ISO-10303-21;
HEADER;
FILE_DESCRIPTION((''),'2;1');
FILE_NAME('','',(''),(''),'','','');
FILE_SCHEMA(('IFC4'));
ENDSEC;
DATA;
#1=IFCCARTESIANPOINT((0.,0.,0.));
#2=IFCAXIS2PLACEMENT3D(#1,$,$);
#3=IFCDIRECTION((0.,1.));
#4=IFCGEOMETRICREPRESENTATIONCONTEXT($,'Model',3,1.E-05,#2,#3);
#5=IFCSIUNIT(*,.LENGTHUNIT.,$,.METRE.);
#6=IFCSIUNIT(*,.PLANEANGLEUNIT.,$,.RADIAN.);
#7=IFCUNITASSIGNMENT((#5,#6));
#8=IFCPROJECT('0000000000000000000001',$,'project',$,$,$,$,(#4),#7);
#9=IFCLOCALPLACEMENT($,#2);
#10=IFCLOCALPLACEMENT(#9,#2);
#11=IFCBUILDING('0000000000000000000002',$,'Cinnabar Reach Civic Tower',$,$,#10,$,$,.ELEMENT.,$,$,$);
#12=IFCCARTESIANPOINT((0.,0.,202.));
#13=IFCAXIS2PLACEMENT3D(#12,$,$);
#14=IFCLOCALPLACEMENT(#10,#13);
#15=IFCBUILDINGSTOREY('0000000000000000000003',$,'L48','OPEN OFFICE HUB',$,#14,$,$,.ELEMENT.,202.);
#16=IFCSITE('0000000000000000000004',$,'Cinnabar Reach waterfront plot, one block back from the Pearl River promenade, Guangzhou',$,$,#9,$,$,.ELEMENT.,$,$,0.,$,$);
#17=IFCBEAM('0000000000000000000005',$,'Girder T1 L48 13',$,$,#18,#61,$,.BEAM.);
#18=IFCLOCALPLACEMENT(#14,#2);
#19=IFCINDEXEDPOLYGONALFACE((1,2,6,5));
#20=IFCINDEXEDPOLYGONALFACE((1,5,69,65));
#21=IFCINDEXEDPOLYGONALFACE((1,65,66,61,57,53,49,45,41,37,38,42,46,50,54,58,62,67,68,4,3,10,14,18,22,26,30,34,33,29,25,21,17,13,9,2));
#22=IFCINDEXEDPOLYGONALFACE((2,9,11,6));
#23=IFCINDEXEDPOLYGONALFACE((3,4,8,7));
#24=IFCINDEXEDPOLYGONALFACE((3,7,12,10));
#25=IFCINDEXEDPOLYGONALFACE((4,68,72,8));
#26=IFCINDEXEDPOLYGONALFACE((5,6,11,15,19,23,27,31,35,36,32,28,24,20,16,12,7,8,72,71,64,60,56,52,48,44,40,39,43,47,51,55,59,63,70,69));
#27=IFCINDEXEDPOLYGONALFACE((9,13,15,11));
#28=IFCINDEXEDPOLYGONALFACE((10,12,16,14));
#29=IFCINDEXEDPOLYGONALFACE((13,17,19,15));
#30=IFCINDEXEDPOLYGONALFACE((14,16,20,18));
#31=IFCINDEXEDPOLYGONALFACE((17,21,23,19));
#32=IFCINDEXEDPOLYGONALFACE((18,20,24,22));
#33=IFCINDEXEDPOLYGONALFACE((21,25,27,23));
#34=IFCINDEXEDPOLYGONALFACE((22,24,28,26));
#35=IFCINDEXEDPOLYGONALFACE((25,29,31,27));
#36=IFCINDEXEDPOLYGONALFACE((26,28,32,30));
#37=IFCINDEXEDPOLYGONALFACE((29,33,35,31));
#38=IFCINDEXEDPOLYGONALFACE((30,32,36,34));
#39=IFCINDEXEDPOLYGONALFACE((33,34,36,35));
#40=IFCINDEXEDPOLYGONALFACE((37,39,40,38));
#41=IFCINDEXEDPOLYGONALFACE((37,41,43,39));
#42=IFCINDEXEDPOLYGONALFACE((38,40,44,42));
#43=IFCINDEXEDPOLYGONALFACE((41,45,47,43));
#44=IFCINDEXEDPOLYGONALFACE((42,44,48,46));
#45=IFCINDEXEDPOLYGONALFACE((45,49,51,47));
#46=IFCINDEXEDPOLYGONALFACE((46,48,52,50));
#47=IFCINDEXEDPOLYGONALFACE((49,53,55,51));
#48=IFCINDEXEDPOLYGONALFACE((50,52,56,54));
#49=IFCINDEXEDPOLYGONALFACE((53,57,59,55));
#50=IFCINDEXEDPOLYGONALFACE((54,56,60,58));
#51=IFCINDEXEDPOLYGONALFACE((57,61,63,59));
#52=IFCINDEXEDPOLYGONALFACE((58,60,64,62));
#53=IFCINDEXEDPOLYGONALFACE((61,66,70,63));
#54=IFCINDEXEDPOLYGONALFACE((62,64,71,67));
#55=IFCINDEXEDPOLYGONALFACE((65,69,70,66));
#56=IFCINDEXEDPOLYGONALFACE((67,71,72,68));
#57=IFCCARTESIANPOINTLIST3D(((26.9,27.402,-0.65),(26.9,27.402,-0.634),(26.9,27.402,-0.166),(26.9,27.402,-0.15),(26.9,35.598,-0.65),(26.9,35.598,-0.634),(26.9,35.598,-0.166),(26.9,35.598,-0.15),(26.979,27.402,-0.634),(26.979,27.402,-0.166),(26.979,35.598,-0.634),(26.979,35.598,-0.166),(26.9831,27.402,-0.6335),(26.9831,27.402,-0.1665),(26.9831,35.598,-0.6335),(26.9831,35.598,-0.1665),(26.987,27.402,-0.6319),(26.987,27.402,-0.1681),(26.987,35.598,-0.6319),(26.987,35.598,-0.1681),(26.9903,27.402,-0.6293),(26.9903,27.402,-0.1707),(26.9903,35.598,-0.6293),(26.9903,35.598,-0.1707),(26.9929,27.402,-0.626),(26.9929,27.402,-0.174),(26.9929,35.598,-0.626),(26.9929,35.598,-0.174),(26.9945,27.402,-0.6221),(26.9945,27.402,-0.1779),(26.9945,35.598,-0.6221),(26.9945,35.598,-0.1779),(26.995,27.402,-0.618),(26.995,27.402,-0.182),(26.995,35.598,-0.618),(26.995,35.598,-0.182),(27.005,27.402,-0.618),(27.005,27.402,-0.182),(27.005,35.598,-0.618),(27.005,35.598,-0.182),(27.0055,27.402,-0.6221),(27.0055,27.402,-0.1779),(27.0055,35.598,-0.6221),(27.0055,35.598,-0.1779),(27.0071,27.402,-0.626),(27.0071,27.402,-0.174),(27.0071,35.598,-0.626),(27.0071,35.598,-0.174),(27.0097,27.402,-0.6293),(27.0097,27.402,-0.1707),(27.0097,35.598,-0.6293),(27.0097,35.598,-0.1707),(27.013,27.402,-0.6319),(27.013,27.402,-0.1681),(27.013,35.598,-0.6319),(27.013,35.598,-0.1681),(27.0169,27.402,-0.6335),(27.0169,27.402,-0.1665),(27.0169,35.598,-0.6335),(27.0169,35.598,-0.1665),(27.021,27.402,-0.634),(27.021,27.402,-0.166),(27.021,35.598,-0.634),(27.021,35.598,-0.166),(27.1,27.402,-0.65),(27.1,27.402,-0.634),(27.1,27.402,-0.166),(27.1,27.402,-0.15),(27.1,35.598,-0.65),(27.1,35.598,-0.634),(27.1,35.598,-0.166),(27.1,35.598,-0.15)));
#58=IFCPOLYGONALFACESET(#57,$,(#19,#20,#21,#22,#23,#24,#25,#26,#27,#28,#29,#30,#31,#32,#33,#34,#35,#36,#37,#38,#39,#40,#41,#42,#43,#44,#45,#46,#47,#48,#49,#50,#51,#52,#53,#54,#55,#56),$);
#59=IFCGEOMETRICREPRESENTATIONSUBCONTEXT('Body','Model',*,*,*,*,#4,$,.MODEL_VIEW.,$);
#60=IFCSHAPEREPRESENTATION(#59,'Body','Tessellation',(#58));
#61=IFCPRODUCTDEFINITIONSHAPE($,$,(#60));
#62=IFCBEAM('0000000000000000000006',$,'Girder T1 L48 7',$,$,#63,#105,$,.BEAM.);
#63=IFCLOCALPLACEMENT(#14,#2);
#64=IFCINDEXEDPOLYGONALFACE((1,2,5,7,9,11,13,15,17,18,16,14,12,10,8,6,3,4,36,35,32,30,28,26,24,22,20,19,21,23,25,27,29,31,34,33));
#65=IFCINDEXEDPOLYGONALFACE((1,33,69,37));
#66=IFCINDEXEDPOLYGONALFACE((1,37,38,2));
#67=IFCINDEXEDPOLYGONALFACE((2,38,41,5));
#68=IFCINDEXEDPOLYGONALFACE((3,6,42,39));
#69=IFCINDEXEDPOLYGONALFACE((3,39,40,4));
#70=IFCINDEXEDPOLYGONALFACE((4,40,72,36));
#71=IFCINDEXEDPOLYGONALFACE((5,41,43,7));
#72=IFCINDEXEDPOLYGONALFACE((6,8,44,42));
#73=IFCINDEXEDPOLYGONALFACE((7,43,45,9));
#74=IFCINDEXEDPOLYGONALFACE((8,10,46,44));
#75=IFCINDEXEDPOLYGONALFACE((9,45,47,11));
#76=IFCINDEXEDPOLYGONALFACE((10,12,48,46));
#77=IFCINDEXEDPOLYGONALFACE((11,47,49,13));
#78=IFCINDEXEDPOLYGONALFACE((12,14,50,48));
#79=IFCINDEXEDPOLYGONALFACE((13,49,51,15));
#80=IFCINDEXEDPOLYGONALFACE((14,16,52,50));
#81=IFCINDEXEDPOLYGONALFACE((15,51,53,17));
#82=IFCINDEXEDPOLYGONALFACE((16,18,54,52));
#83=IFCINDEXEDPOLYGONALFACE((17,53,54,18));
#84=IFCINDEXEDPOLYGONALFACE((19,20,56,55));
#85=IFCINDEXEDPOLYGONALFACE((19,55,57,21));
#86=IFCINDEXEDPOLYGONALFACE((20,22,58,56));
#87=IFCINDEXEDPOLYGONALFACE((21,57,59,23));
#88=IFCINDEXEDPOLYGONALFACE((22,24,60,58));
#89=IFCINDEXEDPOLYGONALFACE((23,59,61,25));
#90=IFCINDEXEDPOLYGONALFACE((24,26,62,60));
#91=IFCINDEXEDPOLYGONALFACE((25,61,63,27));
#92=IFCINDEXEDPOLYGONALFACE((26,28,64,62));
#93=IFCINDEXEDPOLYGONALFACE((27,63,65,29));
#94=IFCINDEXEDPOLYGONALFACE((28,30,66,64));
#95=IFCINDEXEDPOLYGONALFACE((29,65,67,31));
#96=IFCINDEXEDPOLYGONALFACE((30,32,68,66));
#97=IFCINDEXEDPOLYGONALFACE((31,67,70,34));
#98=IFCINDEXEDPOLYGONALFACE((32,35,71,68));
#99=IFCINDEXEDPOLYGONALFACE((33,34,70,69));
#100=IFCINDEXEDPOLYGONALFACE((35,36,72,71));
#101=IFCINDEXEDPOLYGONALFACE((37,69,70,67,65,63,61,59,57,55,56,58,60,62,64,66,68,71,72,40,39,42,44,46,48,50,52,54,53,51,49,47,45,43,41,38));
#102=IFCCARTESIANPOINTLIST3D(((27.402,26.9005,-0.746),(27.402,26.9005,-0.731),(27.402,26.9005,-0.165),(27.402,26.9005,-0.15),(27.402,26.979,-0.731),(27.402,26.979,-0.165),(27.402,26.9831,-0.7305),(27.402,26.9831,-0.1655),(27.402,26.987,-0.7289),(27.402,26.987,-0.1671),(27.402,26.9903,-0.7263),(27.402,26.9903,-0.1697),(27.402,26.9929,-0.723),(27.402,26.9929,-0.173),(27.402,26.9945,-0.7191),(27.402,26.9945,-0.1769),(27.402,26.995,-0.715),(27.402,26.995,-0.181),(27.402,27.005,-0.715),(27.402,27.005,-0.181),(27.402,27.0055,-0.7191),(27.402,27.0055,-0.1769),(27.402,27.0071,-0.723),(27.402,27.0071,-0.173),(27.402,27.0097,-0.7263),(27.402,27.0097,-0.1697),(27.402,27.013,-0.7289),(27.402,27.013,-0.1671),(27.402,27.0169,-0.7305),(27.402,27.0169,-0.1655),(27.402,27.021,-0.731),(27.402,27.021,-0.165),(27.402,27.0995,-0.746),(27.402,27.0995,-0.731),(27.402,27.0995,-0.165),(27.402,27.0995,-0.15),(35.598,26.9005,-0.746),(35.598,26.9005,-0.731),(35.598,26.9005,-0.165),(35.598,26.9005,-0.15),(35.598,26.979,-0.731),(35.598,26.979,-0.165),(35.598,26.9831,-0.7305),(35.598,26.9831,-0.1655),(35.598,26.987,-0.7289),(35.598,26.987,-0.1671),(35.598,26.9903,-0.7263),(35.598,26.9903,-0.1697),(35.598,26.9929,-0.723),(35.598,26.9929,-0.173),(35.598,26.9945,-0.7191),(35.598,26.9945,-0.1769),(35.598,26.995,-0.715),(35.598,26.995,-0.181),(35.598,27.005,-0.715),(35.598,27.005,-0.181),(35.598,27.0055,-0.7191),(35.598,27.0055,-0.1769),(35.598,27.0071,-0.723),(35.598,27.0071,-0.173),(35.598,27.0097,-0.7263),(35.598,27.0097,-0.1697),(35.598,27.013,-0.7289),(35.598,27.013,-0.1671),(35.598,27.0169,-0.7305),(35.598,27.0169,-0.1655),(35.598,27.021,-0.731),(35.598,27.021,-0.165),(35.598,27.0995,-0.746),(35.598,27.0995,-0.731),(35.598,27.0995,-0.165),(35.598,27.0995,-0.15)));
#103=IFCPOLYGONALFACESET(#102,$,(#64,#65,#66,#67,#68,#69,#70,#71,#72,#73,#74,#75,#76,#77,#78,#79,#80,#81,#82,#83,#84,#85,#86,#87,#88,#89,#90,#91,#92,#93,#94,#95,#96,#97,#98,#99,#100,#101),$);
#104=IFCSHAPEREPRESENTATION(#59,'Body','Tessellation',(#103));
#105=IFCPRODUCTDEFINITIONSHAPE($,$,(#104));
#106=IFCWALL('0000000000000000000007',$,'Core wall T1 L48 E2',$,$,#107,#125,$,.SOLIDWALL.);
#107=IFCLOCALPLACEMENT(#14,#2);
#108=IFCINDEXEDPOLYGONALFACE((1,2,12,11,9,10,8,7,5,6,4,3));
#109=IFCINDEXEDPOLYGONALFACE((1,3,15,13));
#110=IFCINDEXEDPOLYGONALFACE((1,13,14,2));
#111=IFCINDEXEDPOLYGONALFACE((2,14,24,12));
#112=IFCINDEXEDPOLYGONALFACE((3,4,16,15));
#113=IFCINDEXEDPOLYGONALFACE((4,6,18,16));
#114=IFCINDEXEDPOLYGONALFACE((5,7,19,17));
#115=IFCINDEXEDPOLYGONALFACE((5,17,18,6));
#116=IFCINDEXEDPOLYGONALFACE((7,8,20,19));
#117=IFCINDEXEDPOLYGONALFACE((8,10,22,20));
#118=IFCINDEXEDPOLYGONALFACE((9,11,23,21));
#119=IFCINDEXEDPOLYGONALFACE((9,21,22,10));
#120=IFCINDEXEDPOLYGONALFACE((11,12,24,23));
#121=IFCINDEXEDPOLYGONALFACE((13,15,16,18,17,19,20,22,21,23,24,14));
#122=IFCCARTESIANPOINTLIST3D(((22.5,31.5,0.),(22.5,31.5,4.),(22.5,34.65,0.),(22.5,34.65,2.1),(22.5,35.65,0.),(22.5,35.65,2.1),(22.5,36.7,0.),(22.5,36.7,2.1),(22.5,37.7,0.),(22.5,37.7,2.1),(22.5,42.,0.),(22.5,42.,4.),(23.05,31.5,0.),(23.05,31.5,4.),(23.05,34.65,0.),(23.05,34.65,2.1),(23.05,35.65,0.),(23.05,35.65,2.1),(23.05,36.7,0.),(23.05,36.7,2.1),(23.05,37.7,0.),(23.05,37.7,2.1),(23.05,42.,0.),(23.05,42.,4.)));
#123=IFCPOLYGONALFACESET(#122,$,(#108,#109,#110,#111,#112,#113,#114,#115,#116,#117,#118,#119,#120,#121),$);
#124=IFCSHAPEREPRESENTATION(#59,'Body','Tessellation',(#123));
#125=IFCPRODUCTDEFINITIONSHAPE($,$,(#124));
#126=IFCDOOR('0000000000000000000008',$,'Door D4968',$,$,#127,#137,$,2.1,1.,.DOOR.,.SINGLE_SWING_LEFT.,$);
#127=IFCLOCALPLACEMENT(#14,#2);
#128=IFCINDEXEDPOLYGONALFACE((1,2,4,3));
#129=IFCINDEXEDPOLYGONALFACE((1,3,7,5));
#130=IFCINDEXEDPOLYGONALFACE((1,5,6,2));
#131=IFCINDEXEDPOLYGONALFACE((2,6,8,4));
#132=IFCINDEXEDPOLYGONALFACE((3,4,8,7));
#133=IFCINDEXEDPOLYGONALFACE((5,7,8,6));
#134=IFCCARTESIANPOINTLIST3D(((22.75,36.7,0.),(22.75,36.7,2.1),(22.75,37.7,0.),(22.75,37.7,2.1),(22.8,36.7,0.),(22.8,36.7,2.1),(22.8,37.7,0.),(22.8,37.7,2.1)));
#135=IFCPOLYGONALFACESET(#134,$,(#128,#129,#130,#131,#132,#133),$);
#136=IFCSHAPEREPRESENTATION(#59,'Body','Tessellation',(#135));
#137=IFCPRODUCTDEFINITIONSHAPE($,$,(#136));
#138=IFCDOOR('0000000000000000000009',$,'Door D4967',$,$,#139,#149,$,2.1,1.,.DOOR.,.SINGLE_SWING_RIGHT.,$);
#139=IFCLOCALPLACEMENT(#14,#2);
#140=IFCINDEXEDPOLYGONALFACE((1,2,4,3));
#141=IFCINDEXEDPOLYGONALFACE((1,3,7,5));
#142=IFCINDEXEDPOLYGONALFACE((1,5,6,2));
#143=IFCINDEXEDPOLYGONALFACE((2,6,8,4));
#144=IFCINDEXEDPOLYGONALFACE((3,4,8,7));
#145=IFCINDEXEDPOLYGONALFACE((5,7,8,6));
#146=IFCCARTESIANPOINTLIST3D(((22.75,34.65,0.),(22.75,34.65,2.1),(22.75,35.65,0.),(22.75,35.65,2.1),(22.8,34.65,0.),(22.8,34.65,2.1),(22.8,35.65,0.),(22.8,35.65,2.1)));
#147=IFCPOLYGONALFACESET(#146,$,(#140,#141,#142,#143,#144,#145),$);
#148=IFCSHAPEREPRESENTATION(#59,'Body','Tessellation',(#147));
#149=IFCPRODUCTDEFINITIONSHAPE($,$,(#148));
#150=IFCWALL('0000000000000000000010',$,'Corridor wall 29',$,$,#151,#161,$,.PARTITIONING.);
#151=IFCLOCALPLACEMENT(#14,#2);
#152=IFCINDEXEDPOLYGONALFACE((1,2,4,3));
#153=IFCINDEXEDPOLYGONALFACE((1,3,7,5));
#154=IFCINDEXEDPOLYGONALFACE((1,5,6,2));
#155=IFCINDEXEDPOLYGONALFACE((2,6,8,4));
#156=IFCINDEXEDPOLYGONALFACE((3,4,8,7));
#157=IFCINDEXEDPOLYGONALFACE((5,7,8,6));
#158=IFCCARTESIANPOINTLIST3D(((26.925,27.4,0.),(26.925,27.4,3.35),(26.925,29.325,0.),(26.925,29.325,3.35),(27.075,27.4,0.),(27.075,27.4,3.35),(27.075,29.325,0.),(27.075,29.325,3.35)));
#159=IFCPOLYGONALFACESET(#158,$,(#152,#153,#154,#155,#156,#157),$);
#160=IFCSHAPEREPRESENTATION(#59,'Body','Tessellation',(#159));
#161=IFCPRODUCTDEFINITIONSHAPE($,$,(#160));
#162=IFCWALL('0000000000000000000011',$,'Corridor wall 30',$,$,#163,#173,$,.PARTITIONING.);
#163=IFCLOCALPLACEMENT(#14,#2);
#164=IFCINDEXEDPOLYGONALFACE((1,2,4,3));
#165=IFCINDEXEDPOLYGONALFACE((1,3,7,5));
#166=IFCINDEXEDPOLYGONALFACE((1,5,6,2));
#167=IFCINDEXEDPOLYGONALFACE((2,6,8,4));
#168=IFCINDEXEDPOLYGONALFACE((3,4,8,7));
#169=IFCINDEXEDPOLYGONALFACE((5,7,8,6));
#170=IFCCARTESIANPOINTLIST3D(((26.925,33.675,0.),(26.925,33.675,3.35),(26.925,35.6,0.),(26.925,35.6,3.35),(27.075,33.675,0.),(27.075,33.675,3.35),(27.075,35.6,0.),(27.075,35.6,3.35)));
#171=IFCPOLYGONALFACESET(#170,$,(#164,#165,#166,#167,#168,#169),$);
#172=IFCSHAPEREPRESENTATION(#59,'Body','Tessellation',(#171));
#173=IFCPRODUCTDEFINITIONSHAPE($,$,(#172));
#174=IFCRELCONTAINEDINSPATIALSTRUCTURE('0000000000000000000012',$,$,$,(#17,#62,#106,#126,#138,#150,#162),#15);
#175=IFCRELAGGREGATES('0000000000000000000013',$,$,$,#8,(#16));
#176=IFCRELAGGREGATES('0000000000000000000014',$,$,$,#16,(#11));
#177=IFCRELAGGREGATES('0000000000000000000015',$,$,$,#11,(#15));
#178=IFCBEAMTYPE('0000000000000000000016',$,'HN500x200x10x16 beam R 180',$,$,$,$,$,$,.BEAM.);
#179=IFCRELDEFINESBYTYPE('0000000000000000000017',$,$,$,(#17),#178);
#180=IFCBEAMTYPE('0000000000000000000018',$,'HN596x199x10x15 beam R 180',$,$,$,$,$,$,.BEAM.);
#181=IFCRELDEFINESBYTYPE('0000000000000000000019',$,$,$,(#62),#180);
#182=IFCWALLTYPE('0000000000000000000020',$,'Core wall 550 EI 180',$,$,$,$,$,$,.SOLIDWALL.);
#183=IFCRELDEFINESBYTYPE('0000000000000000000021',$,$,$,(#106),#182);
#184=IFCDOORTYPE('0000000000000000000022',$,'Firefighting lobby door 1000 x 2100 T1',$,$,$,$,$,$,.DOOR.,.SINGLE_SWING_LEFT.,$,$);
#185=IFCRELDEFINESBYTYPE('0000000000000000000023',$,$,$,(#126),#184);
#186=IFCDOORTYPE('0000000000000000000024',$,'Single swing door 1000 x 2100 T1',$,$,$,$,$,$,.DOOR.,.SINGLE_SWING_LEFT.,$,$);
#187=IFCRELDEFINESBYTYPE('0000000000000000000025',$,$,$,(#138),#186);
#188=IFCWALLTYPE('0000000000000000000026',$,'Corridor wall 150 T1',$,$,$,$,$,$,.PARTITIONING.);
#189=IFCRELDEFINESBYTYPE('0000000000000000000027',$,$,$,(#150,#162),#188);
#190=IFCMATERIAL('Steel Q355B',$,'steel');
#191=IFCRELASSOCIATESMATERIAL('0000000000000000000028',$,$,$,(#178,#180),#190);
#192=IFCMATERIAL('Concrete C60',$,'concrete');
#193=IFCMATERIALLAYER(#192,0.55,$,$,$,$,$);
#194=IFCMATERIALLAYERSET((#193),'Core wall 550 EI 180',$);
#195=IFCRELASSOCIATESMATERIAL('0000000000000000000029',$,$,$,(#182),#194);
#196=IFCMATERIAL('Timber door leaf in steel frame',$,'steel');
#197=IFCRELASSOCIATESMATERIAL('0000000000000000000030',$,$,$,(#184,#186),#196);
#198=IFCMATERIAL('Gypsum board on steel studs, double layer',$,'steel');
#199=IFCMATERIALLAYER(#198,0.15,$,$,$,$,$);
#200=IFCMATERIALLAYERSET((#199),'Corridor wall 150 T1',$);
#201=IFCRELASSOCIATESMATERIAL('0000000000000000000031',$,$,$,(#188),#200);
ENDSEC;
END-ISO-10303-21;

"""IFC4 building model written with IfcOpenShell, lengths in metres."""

from ifc_helpers import new_model, si_unit, direction, frame, frame_2d, origin, origin_2d, place, context, subcontext, project, spatial, rectangle, i_section, extrude, material, layer, layer_set, material_profile, profile_set, type_object, element, fill, save


model = new_model("IFC4")

# Units and contexts
model_context = context("Model", 3, precision=1e-05, world=origin(), true_north=direction((0.0, 1.0)))
body_context = subcontext(model_context, "Body", "Model", "MODEL_VIEW")
ifc_project = project(units=[si_unit("LENGTHUNIT", "METRE"), si_unit("PLANEANGLEUNIT", "RADIAN")], contexts=[model_context])

# Site, building, storey
site_placement = place(None, origin())
site = spatial("IfcSite", under=ifc_project, at=site_placement, Name="Cinnabar Reach waterfront plot, one block back from the Pearl River promenade, Guangzhou", CompositionType="ELEMENT", RefElevation=0.0)
building_placement = place(site_placement, origin())
building = spatial("IfcBuilding", under=site, at=building_placement, Name="Cinnabar Reach Civic Tower", CompositionType="ELEMENT")
storey_placement = place(building_placement, frame((0.0, 0.0, 202.0)))
storey = spatial("IfcBuildingStorey", under=building, at=storey_placement, Name="L48", Description="OPEN OFFICE HUB", CompositionType="ELEMENT", Elevation=202.0)

# Shared definitions
ifc_material_1 = material(Name="Concrete C60", Category="concrete")

# Beams
ifc_material_2 = material(Name="Steel Q355B", Category="steel")
ifc_material_profile_1 = material_profile(ifc_material_2, i_section(OverallWidth=0.2, OverallDepth=0.5, WebThickness=0.01, FlangeThickness=0.016, FilletRadius=0.016, at=origin_2d()), Name="HN500x200x10x16")
ifc_profile_set_1 = profile_set([ifc_material_profile_1], Name="Steel Q355B")
beam_type_1 = type_object("IfcBeamType", Name="HN500x200x10x16 beam R 180", PredefinedType="BEAM", material=ifc_profile_set_1)
beam_1_placement = place(storey_placement, frame((27.0, 27.402, -0.4), z_axis=(0.0, 1.0, 0.0), x_axis=(-1.0, 0.0, 0.0)))
element("IfcBeam", 1, at=beam_1_placement, inside=storey, type_object=beam_type_1, Name="Girder T1 L48 13", PredefinedType="BEAM", context=body_context, shape_type="SweptSolid", body=[
    extrude(i_section(OverallWidth=0.2, OverallDepth=0.5, WebThickness=0.01, FlangeThickness=0.016, FilletRadius=0.016, at=origin_2d()), origin(), (0.0, 0.0, 1.0), 8.196),
])
ifc_material_profile_2 = material_profile(ifc_material_2, i_section(OverallWidth=0.199, OverallDepth=0.596, WebThickness=0.01, FlangeThickness=0.015, FilletRadius=0.016, at=origin_2d()), Name="HN596x199x10x15")
ifc_profile_set_2 = profile_set([ifc_material_profile_2], Name="Steel Q355B")
beam_type_2 = type_object("IfcBeamType", Name="HN596x199x10x15 beam R 180", PredefinedType="BEAM", material=ifc_profile_set_2)
beam_2_placement = place(storey_placement, frame((27.402, 27.0, -0.448), z_axis=(1.0, 0.0, 0.0), x_axis=(0.0, 1.0, 0.0)))
element("IfcBeam", 2, at=beam_2_placement, inside=storey, type_object=beam_type_2, Name="Girder T1 L48 7", PredefinedType="BEAM", context=body_context, shape_type="SweptSolid", body=[
    extrude(i_section(OverallWidth=0.199, OverallDepth=0.596, WebThickness=0.01, FlangeThickness=0.015, FilletRadius=0.016, at=origin_2d()), origin(), (0.0, 0.0, 1.0), 8.196),
])

# Wall, openings, doors
ifc_layer_1 = layer(ifc_material_1, 0.55)
ifc_layer_set_1 = layer_set([ifc_layer_1], Name="Core wall 550 EI 180")
wall_type_1 = type_object("IfcWallType", Name="Core wall 550 EI 180", PredefinedType="SOLIDWALL", material=ifc_layer_set_1)
wall_1_placement = place(storey_placement, frame((22.775, 31.5, 0.0), z_axis=(0.0, 0.0, 1.0), x_axis=(0.0, 1.0, 0.0)))
wall_1 = element("IfcWall", 3, at=wall_1_placement, inside=storey, type_object=wall_type_1, Name="Core wall T1 L48 E2", PredefinedType="SOLIDWALL", context=body_context, shape_type="SweptSolid", body=[
    extrude(rectangle(XDim=10.5, YDim=0.55, at=frame_2d((5.25, 0.0))), origin(), (0.0, 0.0, 1.0), 4.0),
])
opening_1_placement = place(wall_1_placement, frame((3.15, 0.0, 0.0)))
opening_1 = element("IfcOpeningElement", 4, at=opening_1_placement, cuts=wall_1, PredefinedType="OPENING", context=body_context, shape_type="SweptSolid", body=[
    extrude(rectangle(XDim=1.0, YDim=2.1, at=frame_2d((0.5, 1.05))), frame((0.0, 0.285, 0.0), z_axis=(0.0, -1.0, 0.0), x_axis=(1.0, 0.0, 0.0)), (0.0, 0.0, 1.0), 0.57),
])
opening_2_placement = place(wall_1_placement, frame((5.2, 0.0, 0.0)))
opening_2 = element("IfcOpeningElement", 5, at=opening_2_placement, cuts=wall_1, PredefinedType="OPENING", context=body_context, shape_type="SweptSolid", body=[
    extrude(rectangle(XDim=1.0, YDim=2.1, at=frame_2d((0.5, 1.05))), frame((0.0, 0.285, 0.0), z_axis=(0.0, -1.0, 0.0), x_axis=(1.0, 0.0, 0.0)), (0.0, 0.0, 1.0), 0.57),
])
ifc_material_3 = material(Name="Timber door leaf in steel frame", Category="steel")
door_type_1 = type_object("IfcDoorType", Name="Firefighting lobby door 1000 x 2100 T1", OperationType="SINGLE_SWING_LEFT", PredefinedType="DOOR", material=ifc_material_3)
door_1_placement = place(opening_2_placement, origin())
door_1 = element("IfcDoor", 6, at=door_1_placement, inside=storey, type_object=door_type_1, Name="Door D4968", OperationType="SINGLE_SWING_LEFT", OverallHeight=2.1, OverallWidth=1.0, PredefinedType="DOOR", context=body_context, shape_type="SweptSolid", body=[
    extrude(rectangle(XDim=1.0, YDim=2.1, at=frame_2d((0.5, 1.05))), frame((0.0, 0.025, 0.0), z_axis=(0.0, -1.0, 0.0), x_axis=(1.0, 0.0, 0.0)), (0.0, 0.0, 1.0), 0.05),
])
fill(opening_2, door_1)
door_type_2 = type_object("IfcDoorType", Name="Single swing door 1000 x 2100 T1", OperationType="SINGLE_SWING_LEFT", PredefinedType="DOOR", material=ifc_material_3)
door_2_placement = place(opening_1_placement, origin())
door_2 = element("IfcDoor", 7, at=door_2_placement, inside=storey, type_object=door_type_2, Name="Door D4967", OperationType="SINGLE_SWING_RIGHT", OverallHeight=2.1, OverallWidth=1.0, PredefinedType="DOOR", context=body_context, shape_type="SweptSolid", body=[
    extrude(rectangle(XDim=1.0, YDim=2.1, at=frame_2d((0.5, 1.05))), frame((0.0, 0.025, 0.0), z_axis=(0.0, -1.0, 0.0), x_axis=(1.0, 0.0, 0.0)), (0.0, 0.0, 1.0), 0.05),
])
fill(opening_1, door_2)

# Walls
ifc_material_4 = material(Name="Gypsum board on steel studs, double layer", Category="steel")
ifc_layer_2 = layer(ifc_material_4, 0.15)
ifc_layer_set_2 = layer_set([ifc_layer_2], Name="Corridor wall 150 T1")
wall_type_2 = type_object("IfcWallType", Name="Corridor wall 150 T1", PredefinedType="PARTITIONING", material=ifc_layer_set_2)
for number, where, z_axis, x_axis, name in (
    (8, (27.0, 27.4, 0.0), (0.0, 0.0, 1.0), (0.0, 1.0, 0.0), "Corridor wall 29"),
    (9, (27.0, 33.675, 0.0), (0.0, 0.0, 1.0), (0.0, 1.0, 0.0), "Corridor wall 30"),
):
    element("IfcWall", number, at=place(storey_placement, frame(where, z_axis=z_axis, x_axis=x_axis)), inside=storey, type_object=wall_type_2, Name=name, PredefinedType="PARTITIONING", context=body_context, shape_type="SweptSolid", body=[
        extrude(rectangle(XDim=1.925, YDim=0.15, at=frame_2d((0.9625, 0.0))), origin(), (0.0, 0.0, 1.0), 3.35),
    ])

save(model, "model.ifc")
